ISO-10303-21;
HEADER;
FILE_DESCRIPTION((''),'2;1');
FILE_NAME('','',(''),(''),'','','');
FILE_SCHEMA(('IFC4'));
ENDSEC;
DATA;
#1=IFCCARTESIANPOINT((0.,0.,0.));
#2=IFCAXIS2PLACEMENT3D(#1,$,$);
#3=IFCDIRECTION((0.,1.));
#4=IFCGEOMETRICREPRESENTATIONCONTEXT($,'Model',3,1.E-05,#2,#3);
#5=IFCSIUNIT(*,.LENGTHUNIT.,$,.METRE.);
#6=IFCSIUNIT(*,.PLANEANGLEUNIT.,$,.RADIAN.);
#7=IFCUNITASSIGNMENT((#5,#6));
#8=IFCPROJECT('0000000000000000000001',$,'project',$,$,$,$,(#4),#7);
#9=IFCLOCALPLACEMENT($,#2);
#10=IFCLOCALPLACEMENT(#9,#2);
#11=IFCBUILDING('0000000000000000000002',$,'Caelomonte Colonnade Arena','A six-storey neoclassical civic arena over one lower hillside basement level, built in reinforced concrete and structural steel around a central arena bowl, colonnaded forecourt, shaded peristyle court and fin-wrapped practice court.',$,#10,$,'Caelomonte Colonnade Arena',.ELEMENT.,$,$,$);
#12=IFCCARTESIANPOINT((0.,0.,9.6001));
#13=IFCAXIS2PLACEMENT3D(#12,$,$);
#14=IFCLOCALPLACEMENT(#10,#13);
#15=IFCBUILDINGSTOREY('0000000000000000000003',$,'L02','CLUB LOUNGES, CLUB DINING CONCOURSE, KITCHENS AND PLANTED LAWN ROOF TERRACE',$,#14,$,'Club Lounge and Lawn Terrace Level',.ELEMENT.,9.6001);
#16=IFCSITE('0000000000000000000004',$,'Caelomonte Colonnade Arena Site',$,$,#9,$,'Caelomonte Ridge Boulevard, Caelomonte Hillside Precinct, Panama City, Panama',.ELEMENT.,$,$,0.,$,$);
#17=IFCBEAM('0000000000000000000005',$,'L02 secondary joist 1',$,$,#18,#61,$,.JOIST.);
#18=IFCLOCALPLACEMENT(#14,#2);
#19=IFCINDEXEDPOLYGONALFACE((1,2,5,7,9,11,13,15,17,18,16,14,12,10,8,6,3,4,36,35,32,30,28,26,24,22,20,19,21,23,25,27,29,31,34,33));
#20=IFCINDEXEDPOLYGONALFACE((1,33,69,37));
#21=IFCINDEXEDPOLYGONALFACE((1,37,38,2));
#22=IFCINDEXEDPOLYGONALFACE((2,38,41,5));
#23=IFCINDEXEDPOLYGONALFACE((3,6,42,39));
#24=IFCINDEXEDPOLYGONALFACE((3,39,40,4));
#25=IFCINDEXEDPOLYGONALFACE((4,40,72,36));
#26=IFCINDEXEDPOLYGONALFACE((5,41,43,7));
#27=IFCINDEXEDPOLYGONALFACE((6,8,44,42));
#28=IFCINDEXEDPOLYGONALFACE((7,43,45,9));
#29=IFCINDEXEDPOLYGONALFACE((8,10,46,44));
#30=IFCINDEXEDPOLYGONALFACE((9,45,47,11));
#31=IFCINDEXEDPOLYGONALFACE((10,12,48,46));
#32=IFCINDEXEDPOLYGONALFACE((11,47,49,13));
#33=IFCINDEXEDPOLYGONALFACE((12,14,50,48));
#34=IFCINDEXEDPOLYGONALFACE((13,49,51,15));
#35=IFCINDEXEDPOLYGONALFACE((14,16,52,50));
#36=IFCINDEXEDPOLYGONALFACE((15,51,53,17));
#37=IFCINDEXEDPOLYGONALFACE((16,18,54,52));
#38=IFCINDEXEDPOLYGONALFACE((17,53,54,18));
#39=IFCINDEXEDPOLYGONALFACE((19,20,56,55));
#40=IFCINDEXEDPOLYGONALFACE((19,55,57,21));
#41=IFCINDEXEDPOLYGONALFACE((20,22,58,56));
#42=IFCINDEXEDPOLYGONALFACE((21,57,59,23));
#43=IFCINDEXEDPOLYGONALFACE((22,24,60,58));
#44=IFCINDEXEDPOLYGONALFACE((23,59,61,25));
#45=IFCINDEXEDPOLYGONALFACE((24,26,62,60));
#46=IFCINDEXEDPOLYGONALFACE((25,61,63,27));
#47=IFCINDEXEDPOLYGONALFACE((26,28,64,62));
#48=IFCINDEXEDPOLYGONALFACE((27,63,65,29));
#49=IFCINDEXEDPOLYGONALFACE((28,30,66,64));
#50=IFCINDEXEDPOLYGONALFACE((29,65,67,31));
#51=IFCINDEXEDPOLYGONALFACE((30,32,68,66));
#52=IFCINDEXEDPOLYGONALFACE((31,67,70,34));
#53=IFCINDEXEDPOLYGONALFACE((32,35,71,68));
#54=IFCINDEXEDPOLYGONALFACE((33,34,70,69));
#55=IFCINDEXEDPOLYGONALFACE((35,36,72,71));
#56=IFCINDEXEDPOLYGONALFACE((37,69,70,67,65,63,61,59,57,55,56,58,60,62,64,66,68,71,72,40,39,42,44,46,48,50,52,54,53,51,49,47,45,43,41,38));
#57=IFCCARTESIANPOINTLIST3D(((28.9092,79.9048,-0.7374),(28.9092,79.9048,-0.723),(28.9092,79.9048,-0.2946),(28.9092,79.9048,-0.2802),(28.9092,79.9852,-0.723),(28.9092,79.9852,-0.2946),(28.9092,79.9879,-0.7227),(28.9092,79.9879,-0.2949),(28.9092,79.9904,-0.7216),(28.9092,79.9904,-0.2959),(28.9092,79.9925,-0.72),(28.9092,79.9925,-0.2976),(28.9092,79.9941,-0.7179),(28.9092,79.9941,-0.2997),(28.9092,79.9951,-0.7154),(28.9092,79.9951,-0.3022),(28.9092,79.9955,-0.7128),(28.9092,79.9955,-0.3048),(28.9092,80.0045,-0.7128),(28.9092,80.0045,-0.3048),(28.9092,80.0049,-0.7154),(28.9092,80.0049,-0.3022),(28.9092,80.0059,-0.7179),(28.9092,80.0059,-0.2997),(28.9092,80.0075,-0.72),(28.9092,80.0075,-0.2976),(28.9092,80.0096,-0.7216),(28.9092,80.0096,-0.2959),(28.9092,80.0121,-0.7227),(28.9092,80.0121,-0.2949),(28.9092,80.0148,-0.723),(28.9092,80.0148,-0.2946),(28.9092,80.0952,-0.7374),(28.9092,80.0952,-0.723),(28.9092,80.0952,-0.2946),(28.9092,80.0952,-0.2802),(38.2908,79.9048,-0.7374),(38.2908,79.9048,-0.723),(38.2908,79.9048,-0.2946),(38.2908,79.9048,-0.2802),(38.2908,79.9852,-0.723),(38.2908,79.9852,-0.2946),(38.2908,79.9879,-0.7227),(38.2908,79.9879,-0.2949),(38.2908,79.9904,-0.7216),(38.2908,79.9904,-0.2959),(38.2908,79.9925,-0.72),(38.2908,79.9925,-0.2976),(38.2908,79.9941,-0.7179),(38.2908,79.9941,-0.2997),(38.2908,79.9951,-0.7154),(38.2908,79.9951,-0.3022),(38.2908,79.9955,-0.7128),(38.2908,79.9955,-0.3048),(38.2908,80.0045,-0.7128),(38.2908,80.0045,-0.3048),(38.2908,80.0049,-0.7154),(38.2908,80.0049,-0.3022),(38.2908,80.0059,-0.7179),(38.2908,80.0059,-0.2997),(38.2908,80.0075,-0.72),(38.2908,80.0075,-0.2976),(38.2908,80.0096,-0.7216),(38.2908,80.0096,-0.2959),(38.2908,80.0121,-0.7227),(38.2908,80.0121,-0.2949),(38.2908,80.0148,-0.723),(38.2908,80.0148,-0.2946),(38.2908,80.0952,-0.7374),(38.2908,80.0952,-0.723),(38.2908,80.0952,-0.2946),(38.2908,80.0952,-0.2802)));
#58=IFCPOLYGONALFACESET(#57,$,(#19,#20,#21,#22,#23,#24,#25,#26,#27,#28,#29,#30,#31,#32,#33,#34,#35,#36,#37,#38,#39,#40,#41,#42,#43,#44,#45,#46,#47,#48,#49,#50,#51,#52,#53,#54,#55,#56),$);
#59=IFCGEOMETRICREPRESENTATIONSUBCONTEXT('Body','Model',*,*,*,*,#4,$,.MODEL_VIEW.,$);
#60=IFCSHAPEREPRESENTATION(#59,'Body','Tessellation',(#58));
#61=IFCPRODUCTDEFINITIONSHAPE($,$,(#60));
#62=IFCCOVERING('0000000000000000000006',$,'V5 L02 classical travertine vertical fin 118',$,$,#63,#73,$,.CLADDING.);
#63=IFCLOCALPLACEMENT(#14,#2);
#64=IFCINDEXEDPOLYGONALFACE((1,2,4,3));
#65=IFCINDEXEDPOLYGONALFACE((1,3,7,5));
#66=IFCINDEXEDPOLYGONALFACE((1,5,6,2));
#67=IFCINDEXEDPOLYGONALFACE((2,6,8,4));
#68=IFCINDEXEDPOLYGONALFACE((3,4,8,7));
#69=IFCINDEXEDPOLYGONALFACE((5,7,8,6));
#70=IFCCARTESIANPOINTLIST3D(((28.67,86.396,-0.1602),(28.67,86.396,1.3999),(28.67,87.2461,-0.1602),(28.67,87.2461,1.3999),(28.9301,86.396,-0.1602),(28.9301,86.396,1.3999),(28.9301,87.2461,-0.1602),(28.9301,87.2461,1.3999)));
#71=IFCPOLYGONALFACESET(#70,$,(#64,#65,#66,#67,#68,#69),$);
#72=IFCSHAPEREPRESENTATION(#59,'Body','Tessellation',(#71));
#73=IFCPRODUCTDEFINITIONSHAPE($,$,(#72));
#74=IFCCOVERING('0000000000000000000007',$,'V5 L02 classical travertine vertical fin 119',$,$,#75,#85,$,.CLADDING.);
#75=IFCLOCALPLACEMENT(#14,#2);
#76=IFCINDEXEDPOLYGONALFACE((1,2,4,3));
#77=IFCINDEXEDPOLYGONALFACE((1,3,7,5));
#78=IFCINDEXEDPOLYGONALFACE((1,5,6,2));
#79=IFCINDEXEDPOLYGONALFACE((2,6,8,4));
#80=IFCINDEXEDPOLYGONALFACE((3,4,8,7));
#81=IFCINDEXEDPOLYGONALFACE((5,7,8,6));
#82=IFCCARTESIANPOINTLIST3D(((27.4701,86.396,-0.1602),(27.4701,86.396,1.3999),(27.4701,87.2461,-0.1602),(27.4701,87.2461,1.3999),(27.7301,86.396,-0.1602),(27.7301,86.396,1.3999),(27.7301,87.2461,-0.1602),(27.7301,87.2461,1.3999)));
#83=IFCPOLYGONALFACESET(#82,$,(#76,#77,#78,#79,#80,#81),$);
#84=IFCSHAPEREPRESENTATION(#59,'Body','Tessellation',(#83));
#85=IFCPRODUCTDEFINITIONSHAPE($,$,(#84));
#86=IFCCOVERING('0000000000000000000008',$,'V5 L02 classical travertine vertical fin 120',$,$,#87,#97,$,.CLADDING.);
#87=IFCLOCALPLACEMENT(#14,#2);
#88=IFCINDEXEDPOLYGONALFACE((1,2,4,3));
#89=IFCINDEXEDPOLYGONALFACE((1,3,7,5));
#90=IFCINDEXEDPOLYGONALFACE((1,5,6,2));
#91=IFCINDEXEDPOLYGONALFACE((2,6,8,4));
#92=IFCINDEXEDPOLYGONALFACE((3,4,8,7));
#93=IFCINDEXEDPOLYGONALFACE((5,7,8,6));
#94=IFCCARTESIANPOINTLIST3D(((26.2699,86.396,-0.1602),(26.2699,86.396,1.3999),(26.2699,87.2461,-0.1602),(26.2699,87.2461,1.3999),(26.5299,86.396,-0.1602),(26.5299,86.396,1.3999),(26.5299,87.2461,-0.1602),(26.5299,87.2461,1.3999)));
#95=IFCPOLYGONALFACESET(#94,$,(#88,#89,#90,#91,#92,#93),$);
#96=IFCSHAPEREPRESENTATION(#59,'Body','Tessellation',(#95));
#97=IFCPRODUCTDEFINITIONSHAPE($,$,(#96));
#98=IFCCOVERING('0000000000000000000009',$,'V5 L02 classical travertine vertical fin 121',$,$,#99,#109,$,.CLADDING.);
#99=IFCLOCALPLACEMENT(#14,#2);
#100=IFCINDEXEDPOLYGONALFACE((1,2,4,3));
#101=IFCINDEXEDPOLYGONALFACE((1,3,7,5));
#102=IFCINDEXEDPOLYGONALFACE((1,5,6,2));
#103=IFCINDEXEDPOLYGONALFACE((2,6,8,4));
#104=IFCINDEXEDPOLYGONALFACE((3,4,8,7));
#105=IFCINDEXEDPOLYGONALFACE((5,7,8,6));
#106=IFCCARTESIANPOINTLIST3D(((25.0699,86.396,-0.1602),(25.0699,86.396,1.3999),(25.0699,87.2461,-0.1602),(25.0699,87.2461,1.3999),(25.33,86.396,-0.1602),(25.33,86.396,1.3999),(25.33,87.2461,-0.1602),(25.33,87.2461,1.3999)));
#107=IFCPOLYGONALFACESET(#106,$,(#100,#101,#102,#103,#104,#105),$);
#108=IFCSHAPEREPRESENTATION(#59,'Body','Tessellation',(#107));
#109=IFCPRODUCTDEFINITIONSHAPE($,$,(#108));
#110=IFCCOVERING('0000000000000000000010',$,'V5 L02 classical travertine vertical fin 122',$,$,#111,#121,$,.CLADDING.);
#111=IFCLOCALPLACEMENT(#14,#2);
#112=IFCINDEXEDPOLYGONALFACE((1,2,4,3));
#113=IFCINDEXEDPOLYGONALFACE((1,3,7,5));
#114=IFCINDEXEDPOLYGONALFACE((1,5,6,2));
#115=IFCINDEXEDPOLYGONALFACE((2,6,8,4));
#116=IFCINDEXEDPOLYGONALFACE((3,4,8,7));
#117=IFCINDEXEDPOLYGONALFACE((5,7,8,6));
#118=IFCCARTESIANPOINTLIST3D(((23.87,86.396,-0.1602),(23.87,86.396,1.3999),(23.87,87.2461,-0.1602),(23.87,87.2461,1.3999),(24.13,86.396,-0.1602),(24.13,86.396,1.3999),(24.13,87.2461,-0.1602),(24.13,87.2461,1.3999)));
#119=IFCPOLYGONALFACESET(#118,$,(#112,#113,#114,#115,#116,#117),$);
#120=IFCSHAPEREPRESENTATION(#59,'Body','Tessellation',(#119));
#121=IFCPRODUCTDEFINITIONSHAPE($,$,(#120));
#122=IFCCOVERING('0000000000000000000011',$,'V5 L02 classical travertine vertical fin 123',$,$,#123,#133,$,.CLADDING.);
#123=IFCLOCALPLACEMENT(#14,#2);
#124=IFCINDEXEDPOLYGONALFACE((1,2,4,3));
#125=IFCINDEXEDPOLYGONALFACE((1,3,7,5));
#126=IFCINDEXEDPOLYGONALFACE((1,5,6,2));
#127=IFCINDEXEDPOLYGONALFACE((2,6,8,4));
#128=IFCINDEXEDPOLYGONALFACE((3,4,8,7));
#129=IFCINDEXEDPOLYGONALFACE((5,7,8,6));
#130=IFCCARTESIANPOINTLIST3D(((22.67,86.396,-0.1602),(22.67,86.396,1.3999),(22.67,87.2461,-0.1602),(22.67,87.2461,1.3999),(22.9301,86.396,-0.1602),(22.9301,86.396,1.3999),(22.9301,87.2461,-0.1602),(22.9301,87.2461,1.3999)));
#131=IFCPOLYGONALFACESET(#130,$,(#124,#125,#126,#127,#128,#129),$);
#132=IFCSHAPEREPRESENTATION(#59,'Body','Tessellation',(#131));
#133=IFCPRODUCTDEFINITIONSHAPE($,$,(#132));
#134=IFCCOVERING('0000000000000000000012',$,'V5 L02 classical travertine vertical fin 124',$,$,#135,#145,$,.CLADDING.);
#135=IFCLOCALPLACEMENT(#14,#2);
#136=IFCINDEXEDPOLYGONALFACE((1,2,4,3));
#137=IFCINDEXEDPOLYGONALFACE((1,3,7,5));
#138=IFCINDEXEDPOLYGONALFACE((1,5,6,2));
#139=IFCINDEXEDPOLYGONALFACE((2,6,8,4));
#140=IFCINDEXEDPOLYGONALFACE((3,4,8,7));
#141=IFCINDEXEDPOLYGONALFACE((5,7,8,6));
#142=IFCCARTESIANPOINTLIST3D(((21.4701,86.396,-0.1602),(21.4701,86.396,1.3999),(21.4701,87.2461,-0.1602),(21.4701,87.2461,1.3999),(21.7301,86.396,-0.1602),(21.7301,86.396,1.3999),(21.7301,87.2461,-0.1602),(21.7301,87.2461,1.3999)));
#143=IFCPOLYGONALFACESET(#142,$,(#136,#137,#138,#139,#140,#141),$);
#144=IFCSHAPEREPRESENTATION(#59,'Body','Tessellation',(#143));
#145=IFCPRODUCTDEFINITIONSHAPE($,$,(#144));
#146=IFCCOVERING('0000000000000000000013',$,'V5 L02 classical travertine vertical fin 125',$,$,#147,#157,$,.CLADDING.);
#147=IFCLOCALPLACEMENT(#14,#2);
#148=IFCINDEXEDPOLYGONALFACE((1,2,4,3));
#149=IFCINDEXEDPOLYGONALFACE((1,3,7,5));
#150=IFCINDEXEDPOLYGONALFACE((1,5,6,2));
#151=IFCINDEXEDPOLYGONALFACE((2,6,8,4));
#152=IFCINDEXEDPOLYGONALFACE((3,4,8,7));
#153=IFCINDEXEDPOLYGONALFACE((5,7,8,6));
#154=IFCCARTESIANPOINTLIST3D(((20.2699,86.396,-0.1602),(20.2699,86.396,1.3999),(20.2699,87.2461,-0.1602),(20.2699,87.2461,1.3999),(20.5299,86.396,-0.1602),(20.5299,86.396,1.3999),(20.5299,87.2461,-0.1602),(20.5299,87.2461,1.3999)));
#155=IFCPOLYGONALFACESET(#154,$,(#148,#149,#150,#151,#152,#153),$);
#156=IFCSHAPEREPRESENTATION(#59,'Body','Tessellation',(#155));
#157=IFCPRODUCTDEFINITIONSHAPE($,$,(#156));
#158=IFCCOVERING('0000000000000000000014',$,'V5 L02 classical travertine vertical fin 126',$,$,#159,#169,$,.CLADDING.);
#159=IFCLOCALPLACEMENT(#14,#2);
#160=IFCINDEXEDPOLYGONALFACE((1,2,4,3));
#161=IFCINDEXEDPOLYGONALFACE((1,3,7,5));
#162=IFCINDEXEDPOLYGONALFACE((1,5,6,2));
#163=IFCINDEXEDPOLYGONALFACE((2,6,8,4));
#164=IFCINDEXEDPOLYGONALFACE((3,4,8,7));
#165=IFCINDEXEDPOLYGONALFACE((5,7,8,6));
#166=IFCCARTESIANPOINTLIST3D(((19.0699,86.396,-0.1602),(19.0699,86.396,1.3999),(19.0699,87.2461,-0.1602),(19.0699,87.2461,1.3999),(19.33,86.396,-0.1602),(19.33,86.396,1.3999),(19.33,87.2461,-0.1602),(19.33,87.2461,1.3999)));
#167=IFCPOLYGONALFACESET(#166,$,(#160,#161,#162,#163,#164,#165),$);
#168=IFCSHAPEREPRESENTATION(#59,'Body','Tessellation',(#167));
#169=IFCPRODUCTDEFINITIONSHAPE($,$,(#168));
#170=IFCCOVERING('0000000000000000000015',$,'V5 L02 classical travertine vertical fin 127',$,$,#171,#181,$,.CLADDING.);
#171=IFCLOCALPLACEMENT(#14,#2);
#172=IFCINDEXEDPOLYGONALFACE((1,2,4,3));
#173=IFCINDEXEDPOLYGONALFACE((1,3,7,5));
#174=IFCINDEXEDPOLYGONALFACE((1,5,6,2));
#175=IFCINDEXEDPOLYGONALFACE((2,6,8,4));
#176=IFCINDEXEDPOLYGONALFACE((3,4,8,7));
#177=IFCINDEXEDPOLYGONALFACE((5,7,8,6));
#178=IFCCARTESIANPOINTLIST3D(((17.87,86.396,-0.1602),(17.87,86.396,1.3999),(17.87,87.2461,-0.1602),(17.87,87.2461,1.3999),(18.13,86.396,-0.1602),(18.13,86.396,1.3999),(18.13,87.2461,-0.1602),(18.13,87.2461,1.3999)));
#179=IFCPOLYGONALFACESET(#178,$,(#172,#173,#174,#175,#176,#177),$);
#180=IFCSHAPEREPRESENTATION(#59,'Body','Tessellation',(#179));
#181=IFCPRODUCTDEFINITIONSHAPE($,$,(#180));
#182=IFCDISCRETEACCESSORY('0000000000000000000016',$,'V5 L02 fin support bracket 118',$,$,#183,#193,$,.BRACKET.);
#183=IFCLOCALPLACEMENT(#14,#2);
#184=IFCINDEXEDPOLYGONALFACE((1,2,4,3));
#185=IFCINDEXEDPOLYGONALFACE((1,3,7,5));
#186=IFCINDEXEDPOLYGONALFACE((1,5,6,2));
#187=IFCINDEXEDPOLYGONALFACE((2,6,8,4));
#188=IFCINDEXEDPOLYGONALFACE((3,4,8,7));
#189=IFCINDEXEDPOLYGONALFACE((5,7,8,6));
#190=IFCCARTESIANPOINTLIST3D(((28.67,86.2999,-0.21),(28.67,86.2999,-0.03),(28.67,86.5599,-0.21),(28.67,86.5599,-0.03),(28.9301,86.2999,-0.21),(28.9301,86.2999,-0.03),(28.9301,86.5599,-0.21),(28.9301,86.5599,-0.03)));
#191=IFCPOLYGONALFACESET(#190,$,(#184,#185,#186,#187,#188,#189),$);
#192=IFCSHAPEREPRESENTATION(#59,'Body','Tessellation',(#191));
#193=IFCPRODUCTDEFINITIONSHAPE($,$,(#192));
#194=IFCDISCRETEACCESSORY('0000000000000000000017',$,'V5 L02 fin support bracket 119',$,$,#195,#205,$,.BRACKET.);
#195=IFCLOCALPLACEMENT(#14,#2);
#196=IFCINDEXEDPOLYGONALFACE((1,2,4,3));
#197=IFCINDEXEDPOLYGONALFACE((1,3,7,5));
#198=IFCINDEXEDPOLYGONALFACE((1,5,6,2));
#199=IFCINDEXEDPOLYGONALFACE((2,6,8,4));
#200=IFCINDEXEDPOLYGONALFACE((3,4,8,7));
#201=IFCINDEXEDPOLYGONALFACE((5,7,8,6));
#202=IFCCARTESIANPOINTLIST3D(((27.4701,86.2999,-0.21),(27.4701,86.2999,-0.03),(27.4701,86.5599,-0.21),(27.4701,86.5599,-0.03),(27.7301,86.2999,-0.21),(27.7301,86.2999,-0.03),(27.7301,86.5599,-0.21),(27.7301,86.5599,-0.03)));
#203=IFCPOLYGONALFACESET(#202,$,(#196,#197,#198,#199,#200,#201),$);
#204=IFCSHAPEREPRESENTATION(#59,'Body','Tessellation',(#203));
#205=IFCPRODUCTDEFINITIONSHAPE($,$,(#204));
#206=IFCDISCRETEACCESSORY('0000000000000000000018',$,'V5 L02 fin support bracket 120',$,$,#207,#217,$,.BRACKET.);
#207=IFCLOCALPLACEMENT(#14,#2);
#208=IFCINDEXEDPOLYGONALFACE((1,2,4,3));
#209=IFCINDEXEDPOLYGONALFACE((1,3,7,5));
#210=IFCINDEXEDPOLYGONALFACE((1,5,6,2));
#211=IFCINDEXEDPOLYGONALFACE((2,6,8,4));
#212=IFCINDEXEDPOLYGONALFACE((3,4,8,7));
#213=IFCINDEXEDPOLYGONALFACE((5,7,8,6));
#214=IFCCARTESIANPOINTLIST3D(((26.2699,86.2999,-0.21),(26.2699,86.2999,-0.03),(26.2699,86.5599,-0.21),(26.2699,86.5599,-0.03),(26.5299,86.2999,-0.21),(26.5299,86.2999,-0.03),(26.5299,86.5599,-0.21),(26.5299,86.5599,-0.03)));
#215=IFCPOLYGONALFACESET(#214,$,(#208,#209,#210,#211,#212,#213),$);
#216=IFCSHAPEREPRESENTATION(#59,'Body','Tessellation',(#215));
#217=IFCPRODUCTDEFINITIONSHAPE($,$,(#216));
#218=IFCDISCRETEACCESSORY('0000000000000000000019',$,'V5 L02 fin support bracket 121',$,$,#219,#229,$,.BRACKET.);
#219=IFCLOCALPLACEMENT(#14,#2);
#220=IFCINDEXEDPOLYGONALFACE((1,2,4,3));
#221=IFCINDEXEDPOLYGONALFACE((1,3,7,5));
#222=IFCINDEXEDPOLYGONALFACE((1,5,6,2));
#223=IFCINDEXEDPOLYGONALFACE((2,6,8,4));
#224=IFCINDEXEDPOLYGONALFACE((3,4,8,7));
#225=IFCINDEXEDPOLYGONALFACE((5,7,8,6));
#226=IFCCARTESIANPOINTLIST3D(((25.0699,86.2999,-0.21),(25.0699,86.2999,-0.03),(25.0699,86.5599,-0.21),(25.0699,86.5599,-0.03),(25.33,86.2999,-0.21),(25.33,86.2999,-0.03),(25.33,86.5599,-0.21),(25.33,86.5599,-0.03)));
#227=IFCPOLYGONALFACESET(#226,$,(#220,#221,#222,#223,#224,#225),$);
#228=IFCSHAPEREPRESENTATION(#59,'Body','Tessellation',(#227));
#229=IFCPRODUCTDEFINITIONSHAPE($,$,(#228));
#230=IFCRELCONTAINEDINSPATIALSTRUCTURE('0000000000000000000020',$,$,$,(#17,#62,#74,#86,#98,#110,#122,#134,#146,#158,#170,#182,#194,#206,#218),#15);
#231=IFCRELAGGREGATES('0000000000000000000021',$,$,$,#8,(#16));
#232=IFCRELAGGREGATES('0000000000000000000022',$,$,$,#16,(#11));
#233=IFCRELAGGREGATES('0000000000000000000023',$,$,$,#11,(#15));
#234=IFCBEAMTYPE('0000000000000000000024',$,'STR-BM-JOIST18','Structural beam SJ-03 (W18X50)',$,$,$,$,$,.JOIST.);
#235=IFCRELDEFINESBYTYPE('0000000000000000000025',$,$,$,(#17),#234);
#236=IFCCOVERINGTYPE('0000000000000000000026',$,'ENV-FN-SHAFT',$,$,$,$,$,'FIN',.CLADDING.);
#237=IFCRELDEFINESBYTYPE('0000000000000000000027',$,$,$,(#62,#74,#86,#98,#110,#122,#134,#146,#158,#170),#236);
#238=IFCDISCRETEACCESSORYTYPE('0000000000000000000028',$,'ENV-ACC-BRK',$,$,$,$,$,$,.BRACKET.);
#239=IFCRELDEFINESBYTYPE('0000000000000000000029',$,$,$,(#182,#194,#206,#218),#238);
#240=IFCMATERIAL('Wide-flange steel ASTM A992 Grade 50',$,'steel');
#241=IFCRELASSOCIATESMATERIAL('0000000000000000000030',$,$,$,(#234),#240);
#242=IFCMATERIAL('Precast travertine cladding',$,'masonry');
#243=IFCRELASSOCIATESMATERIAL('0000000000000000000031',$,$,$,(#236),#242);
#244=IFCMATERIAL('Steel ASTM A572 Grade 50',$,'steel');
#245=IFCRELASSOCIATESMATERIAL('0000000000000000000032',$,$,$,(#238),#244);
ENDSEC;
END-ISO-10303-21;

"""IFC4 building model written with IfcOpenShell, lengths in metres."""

from ifc_helpers import new_model, si_unit, direction, frame, origin, origin_2d, place, context, subcontext, project, spatial, rectangle, i_section, extrude, material, material_profile, profile_set, type_object, element, save


model = new_model("IFC4")

# Units and contexts
model_context = context("Model", 3, precision=1e-05, world=origin(), true_north=direction((0.0, 1.0)))
body_context = subcontext(model_context, "Body", "Model", "MODEL_VIEW")
ifc_project = project(units=[si_unit("LENGTHUNIT", "METRE"), si_unit("PLANEANGLEUNIT", "RADIAN")], contexts=[model_context])

# Site, building, storey
site_placement = place(None, origin())
site = spatial("IfcSite", under=ifc_project, at=site_placement, Name="Caelomonte Colonnade Arena Site", LongName="Caelomonte Ridge Boulevard, Caelomonte Hillside Precinct, Panama City, Panama", CompositionType="ELEMENT", RefElevation=0.0)
building_placement = place(site_placement, origin())
building = spatial("IfcBuilding", under=site, at=building_placement, Name="Caelomonte Colonnade Arena", Description="A six-storey neoclassical civic arena over one lower hillside basement level, built in reinforced concrete and structural steel around a central arena bowl, colonnaded forecourt, shaded peristyle court and fin-wrapped practice court.", LongName="Caelomonte Colonnade Arena", CompositionType="ELEMENT")
storey_placement = place(building_placement, frame((0.0, 0.0, 9.6001)))
storey = spatial("IfcBuildingStorey", under=building, at=storey_placement, Name="L02", Description="CLUB LOUNGES, CLUB DINING CONCOURSE, KITCHENS AND PLANTED LAWN ROOF TERRACE", LongName="Club Lounge and Lawn Terrace Level", CompositionType="ELEMENT", Elevation=9.6001)

# Beam
ifc_material_1 = material(Name="Wide-flange steel ASTM A992 Grade 50", Category="steel")
ifc_material_profile_1 = material_profile(ifc_material_1, i_section(OverallWidth=0.1904, OverallDepth=0.4573, WebThickness=0.009, FlangeThickness=0.0144, FilletRadius=0.0103, at=origin_2d()), Name="W18X50")
ifc_profile_set_1 = profile_set([ifc_material_profile_1], Name="Wide-flange steel ASTM A992 Grade 50")
beam_type_1 = type_object("IfcBeamType", Name="STR-BM-JOIST18", Description="Structural beam SJ-03 (W18X50)", PredefinedType="JOIST", material=ifc_profile_set_1)
beam_1_placement = place(storey_placement, frame((28.9092, 80.0, -0.5088), z_axis=(1.0, 0.0, 0.0), x_axis=(0.0, 1.0, 0.0)))
element("IfcBeam", 1, at=beam_1_placement, inside=storey, type_object=beam_type_1, Name="L02 secondary joist 1", PredefinedType="JOIST", context=body_context, shape_type="SweptSolid", body=[
    extrude(i_section(OverallWidth=0.1904, OverallDepth=0.4573, WebThickness=0.009, FlangeThickness=0.0144, FilletRadius=0.0103, at=origin_2d()), origin(), (0.0, 0.0, 1.0), 9.3816),
])

# Coverings
ifc_material_2 = material(Name="Precast travertine cladding", Category="masonry")
ifc_material_profile_2 = material_profile(ifc_material_2, rectangle(XDim=0.26, YDim=0.8501, at=origin_2d()), Name="FIN260X850")
ifc_profile_set_2 = profile_set([ifc_material_profile_2], Name="Precast travertine cladding")
covering_type = type_object("IfcCoveringType", Name="ENV-FN-SHAFT", ElementType="FIN", PredefinedType="CLADDING", material=ifc_profile_set_2)
for number, where, z_axis, x_axis, name in (
    (2, (28.8, 86.821, -0.1602), (0.0, 0.0, 1.0), (1.0, 0.0, 0.0), "V5 L02 classical travertine vertical fin 118"),
    (3, (27.6001, 86.821, -0.1602), (0.0, 0.0, 1.0), (1.0, 0.0, 0.0), "V5 L02 classical travertine vertical fin 119"),
    (4, (26.3999, 86.821, -0.1602), (0.0, 0.0, 1.0), (1.0, 0.0, 0.0), "V5 L02 classical travertine vertical fin 120"),
    (5, (25.2, 86.821, -0.1602), (0.0, 0.0, 1.0), (1.0, 0.0, 0.0), "V5 L02 classical travertine vertical fin 121"),
    (6, (24.0, 86.821, -0.1602), (0.0, 0.0, 1.0), (1.0, 0.0, 0.0), "V5 L02 classical travertine vertical fin 122"),
    (7, (22.8, 86.821, -0.1602), (0.0, 0.0, 1.0), (1.0, 0.0, 0.0), "V5 L02 classical travertine vertical fin 123"),
    (8, (21.6001, 86.821, -0.1602), (0.0, 0.0, 1.0), (1.0, 0.0, 0.0), "V5 L02 classical travertine vertical fin 124"),
    (9, (20.3999, 86.821, -0.1602), (0.0, 0.0, 1.0), (1.0, 0.0, 0.0), "V5 L02 classical travertine vertical fin 125"),
    (10, (19.2, 86.821, -0.1602), (0.0, 0.0, 1.0), (1.0, 0.0, 0.0), "V5 L02 classical travertine vertical fin 126"),
    (11, (18.0, 86.821, -0.1602), (0.0, 0.0, 1.0), (1.0, 0.0, 0.0), "V5 L02 classical travertine vertical fin 127"),
):
    element("IfcCovering", number, at=place(storey_placement, frame(where, z_axis=z_axis, x_axis=x_axis)), inside=storey, type_object=covering_type, Name=name, PredefinedType="CLADDING", context=body_context, shape_type="SweptSolid", body=[
        extrude(rectangle(XDim=0.26, YDim=0.8501, at=origin_2d()), origin(), (0.0, 0.0, 1.0), 1.5601),
    ])

# Discrete accessories
ifc_material_3 = material(Name="Steel ASTM A572 Grade 50", Category="steel")
discrete_accessory_type = type_object("IfcDiscreteAccessoryType", Name="ENV-ACC-BRK", PredefinedType="BRACKET", material=ifc_material_3)
for number, where, z_axis, x_axis, name in (
    (12, (28.8, 86.4299, -0.21), (0.0, 0.0, 1.0), (-1.0, 0.0, 0.0), "V5 L02 fin support bracket 118"),
    (13, (27.6001, 86.4299, -0.21), (0.0, 0.0, 1.0), (-1.0, 0.0, 0.0), "V5 L02 fin support bracket 119"),
    (14, (26.3999, 86.4299, -0.21), (0.0, 0.0, 1.0), (-1.0, 0.0, 0.0), "V5 L02 fin support bracket 120"),
    (15, (25.2, 86.4299, -0.21), (0.0, 0.0, 1.0), (-1.0, 0.0, 0.0), "V5 L02 fin support bracket 121"),
):
    element("IfcDiscreteAccessory", number, at=place(storey_placement, frame(where, z_axis=z_axis, x_axis=x_axis)), inside=storey, type_object=discrete_accessory_type, Name=name, PredefinedType="BRACKET", context=body_context, shape_type="SweptSolid", body=[
        extrude(rectangle(XDim=0.26, YDim=0.26, at=origin_2d()), origin(), (0.0, 0.0, 1.0), 0.1799),
    ])

save(model, "model.ifc")
